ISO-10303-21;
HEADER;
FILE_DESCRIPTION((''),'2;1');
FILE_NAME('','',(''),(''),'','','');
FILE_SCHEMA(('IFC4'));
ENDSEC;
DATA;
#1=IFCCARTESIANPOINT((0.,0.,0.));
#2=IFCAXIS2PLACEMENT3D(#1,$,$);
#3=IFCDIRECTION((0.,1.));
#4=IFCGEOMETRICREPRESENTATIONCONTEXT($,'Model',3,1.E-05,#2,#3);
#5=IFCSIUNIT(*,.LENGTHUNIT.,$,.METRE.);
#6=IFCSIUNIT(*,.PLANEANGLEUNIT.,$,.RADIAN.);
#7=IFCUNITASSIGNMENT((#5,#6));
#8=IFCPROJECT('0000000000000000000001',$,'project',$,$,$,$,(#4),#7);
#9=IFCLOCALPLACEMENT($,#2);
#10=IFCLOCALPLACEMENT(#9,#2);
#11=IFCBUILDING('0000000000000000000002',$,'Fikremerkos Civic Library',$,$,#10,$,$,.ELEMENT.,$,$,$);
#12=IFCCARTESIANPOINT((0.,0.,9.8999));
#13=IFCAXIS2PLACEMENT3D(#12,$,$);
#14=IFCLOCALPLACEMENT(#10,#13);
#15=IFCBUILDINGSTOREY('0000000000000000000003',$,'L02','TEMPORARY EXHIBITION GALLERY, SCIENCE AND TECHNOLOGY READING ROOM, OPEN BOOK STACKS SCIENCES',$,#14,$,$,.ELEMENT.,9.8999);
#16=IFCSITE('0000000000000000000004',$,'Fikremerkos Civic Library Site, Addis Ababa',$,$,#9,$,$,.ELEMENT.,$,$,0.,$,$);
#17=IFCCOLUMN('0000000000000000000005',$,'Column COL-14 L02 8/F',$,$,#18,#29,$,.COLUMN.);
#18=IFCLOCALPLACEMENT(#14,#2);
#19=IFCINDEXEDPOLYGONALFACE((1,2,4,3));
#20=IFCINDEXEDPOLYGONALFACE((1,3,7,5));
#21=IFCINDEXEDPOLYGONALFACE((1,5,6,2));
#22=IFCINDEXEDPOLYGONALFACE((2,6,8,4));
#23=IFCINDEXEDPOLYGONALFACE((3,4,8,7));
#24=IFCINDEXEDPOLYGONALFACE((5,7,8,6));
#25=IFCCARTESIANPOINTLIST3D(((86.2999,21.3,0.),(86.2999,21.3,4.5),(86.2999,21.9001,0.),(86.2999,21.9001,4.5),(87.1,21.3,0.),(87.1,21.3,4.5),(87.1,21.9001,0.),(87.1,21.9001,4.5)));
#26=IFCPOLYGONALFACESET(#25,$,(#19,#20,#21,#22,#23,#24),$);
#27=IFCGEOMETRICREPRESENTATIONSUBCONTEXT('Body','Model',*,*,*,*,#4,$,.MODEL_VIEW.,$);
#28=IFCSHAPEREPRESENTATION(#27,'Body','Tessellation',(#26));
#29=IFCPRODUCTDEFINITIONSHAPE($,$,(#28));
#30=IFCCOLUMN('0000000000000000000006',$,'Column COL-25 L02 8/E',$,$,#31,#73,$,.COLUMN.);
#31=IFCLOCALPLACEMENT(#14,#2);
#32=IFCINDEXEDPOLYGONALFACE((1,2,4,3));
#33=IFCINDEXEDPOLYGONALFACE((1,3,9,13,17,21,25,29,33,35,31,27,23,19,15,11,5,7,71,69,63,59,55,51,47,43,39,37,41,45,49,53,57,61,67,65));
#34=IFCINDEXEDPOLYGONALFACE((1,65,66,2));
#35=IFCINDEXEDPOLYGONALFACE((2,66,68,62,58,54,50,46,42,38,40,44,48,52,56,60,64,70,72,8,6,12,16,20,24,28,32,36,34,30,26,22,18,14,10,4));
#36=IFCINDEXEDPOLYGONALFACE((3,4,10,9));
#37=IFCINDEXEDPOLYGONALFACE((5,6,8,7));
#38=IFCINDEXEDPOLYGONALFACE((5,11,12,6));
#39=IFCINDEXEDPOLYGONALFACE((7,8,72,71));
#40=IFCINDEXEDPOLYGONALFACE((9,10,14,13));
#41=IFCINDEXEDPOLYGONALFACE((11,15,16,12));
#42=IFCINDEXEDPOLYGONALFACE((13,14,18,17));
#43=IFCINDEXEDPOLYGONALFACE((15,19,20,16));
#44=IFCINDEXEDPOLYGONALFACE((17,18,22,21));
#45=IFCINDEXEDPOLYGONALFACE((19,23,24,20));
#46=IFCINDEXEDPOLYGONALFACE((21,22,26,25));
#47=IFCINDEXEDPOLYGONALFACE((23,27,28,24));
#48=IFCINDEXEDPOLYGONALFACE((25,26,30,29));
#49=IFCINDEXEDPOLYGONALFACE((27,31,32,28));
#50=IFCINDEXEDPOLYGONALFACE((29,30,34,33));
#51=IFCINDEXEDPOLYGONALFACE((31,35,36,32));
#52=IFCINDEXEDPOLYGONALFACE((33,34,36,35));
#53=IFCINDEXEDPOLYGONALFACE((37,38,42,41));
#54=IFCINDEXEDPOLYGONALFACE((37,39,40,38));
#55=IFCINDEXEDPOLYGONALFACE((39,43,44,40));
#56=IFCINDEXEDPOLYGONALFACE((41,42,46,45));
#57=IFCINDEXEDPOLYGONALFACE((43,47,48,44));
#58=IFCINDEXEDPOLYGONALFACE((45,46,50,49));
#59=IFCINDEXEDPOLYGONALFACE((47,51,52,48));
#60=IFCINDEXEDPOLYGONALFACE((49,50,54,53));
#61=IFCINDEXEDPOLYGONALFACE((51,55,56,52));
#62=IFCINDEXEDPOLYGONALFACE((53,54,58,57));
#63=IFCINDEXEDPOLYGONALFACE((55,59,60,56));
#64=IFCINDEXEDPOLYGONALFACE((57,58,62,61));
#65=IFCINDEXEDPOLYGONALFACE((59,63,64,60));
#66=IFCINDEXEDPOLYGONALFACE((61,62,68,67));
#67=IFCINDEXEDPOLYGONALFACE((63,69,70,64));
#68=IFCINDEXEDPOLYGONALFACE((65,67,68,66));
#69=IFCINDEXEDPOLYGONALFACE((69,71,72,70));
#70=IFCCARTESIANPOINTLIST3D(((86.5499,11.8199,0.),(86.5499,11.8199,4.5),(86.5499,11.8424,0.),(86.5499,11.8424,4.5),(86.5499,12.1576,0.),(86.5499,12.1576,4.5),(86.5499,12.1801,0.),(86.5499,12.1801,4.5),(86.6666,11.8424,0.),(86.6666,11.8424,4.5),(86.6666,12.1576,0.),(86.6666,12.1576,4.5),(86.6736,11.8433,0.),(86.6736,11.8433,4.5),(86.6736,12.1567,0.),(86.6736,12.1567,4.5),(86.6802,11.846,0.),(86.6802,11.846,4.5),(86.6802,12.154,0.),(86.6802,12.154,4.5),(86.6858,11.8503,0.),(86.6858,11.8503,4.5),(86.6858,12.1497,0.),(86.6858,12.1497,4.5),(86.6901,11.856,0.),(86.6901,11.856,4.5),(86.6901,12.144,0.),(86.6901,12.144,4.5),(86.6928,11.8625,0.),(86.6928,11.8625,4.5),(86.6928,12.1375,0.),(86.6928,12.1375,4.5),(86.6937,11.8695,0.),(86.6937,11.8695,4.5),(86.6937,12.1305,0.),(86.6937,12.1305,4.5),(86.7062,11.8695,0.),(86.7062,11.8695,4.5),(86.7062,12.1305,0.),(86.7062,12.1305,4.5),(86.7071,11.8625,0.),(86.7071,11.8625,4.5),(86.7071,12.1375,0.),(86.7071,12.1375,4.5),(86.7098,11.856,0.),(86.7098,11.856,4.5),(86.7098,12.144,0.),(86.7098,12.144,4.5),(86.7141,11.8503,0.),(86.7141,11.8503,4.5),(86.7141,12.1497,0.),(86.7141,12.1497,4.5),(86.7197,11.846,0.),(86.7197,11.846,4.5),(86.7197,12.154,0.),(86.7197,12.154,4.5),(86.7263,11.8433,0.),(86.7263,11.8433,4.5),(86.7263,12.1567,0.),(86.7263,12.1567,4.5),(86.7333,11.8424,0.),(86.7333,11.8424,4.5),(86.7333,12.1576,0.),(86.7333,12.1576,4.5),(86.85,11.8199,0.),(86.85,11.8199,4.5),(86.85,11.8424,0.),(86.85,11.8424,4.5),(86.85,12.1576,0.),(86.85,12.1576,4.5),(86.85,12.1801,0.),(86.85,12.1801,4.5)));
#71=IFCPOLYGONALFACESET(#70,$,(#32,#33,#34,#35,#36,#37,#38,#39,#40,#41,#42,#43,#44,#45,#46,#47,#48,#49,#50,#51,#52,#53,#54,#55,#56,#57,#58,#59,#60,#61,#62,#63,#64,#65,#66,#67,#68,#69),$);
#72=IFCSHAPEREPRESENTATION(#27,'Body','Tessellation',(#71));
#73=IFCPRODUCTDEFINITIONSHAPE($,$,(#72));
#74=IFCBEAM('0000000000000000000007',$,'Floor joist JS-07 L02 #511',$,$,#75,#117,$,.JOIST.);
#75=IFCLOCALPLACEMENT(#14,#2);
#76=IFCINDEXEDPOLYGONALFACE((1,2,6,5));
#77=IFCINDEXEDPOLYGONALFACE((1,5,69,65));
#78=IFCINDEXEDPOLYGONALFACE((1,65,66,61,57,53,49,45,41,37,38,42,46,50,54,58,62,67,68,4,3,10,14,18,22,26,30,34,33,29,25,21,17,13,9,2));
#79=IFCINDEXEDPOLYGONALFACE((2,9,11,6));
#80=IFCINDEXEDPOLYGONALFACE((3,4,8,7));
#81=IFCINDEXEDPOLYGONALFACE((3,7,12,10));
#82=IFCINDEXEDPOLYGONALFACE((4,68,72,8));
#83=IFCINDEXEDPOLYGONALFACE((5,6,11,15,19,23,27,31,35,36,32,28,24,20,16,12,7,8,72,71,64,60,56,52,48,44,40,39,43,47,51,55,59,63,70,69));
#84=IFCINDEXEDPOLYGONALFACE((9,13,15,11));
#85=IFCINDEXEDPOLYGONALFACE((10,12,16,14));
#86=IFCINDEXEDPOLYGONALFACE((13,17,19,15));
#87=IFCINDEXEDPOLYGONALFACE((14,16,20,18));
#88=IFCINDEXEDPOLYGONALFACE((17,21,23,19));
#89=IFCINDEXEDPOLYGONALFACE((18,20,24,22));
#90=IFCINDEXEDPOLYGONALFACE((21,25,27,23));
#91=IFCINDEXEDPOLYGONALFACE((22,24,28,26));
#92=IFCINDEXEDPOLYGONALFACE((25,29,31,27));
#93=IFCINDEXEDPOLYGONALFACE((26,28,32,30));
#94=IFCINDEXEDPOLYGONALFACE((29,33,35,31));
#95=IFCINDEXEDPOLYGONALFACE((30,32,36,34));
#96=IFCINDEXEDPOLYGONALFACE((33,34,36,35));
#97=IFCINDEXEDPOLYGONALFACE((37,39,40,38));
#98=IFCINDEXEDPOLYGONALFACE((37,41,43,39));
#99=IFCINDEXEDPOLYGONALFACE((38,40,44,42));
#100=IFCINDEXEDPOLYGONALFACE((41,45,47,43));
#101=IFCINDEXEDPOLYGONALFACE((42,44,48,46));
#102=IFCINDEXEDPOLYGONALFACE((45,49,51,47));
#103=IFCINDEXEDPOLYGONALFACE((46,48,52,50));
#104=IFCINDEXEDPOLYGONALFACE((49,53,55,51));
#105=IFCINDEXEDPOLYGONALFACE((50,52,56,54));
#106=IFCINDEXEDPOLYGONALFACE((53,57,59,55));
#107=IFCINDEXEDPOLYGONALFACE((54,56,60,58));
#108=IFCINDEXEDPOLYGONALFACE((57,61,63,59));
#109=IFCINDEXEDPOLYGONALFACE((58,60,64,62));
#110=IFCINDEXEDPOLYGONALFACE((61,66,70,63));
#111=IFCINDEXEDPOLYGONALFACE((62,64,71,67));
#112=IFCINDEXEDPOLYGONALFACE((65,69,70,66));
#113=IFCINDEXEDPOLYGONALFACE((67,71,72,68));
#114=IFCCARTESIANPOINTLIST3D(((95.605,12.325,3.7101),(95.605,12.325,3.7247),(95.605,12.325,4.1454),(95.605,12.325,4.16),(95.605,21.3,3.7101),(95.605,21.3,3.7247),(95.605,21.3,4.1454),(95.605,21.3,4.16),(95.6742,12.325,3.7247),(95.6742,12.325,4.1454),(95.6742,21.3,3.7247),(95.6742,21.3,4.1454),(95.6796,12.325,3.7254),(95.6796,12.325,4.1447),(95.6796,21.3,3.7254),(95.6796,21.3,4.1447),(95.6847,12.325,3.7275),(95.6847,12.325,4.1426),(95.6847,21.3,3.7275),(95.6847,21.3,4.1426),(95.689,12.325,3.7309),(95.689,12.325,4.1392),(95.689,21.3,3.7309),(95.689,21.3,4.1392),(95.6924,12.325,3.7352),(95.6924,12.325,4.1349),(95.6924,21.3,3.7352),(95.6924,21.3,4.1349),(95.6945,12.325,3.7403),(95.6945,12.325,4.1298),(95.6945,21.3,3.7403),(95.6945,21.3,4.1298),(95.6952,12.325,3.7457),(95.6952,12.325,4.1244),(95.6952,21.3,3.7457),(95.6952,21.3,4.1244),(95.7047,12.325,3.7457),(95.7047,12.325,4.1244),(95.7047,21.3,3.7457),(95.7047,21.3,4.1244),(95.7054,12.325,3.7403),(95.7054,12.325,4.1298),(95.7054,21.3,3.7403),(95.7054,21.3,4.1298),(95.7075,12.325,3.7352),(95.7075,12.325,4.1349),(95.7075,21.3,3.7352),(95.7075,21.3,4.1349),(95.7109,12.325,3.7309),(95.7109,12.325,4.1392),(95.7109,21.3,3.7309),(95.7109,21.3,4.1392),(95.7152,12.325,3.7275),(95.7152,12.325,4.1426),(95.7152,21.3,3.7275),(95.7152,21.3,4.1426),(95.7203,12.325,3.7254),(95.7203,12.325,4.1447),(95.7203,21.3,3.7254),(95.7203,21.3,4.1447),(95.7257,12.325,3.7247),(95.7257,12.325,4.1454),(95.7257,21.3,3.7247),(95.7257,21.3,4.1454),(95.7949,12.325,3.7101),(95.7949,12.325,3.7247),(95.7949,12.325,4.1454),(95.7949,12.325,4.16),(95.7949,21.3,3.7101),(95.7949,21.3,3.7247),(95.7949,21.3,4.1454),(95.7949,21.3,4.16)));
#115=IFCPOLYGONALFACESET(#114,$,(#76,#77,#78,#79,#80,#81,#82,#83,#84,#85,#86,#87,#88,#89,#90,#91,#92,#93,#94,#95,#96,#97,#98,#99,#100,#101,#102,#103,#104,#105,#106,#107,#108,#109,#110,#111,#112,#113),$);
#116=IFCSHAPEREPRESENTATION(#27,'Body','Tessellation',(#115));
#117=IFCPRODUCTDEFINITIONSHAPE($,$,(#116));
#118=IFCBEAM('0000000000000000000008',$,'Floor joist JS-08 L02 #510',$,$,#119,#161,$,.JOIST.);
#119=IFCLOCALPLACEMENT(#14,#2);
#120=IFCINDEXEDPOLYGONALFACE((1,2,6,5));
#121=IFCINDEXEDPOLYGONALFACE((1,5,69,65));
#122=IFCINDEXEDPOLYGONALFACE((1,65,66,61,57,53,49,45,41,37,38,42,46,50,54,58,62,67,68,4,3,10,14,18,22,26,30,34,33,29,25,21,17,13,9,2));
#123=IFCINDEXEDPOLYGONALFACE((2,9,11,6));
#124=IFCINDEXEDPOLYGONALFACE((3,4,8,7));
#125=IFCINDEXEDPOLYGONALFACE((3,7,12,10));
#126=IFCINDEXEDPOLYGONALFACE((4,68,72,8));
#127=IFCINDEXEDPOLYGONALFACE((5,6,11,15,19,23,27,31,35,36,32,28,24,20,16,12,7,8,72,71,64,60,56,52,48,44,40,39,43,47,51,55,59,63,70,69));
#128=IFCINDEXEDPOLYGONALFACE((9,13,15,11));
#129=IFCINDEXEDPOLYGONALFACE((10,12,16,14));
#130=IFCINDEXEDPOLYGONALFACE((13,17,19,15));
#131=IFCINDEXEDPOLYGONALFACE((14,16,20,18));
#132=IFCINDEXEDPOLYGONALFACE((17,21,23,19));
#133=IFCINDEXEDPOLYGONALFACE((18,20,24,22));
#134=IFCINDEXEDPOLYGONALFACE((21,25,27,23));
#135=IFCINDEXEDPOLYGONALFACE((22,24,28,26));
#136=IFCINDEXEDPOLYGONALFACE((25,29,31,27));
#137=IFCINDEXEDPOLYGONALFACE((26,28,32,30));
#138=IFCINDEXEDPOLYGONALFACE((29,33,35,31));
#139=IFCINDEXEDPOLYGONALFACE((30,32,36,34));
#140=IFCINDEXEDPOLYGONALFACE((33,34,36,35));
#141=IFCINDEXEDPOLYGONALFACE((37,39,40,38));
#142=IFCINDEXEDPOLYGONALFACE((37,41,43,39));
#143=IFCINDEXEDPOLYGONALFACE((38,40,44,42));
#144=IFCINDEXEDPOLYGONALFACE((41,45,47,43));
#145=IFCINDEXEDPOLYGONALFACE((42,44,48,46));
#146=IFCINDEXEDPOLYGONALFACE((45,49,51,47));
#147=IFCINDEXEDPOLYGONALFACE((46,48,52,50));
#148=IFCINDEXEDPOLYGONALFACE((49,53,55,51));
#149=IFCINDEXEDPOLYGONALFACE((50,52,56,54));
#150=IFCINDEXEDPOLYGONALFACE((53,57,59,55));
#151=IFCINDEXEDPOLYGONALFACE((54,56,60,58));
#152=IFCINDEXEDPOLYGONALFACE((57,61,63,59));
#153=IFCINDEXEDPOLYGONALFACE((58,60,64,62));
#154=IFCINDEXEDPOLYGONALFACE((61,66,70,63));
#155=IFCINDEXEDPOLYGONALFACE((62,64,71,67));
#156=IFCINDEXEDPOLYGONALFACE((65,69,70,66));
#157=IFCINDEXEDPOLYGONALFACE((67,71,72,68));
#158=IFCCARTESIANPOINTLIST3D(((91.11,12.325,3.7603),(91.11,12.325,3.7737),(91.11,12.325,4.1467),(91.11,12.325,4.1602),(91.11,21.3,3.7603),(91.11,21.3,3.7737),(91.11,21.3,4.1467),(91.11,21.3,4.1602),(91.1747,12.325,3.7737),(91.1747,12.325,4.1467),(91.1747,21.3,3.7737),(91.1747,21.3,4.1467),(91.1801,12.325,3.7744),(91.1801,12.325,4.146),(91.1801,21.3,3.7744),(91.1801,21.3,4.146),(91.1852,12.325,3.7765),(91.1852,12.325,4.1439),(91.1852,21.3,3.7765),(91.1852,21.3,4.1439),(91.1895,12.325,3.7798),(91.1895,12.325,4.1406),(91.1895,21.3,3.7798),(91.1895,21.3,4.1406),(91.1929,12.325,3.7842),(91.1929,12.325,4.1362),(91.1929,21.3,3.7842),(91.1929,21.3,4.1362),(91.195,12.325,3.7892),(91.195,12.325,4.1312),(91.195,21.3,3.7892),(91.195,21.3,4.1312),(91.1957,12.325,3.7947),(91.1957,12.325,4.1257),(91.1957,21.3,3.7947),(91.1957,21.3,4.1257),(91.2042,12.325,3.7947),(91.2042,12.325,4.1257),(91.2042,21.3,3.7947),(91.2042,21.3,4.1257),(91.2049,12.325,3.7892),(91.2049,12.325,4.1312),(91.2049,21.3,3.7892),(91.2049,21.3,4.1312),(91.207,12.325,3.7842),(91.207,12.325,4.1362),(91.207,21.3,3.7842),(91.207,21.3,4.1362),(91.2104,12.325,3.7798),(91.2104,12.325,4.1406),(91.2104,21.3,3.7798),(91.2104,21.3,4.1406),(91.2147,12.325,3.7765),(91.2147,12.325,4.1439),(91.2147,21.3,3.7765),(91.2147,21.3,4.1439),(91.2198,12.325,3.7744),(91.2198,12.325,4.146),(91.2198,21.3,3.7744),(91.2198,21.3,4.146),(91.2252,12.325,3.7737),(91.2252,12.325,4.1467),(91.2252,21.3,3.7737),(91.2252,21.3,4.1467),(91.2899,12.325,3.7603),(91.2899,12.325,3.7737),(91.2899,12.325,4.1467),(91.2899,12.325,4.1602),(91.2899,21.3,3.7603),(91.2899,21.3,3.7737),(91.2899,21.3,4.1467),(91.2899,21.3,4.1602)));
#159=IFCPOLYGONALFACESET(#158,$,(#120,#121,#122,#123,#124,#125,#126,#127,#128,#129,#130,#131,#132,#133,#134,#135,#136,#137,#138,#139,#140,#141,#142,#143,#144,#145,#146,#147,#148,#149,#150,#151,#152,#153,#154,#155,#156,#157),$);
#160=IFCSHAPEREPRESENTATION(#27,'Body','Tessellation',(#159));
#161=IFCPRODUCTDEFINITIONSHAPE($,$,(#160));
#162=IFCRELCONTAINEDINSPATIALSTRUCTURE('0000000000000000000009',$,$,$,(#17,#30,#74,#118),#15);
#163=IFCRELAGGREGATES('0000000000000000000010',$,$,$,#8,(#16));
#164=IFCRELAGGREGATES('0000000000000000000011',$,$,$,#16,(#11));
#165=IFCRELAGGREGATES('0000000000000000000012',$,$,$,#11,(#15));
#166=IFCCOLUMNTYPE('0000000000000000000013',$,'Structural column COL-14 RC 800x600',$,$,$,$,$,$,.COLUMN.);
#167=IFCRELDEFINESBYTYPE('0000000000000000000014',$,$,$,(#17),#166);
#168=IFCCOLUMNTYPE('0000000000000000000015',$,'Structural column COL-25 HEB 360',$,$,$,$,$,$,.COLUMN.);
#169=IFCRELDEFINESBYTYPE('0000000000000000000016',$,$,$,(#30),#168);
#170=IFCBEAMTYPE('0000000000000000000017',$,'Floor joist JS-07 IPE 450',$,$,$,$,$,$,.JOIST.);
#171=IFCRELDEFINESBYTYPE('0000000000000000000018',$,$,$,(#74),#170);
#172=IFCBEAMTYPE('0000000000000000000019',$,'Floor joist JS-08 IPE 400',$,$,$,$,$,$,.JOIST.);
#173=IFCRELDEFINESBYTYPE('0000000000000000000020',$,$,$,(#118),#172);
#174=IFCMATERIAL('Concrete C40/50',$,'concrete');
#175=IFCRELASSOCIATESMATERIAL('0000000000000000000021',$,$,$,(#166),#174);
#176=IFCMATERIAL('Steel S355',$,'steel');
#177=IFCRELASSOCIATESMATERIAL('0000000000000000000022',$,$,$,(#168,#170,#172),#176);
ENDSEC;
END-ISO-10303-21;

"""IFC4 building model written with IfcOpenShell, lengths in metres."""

from ifc_helpers import new_model, si_unit, direction, frame, origin, origin_2d, place, context, subcontext, project, spatial, rectangle, i_section, extrude, material, material_profile, profile_set, type_object, element, save


model = new_model("IFC4")

# Units and contexts
model_context = context("Model", 3, precision=1e-05, world=origin(), true_north=direction((0.0, 1.0)))
body_context = subcontext(model_context, "Body", "Model", "MODEL_VIEW")
ifc_project = project(units=[si_unit("LENGTHUNIT", "METRE"), si_unit("PLANEANGLEUNIT", "RADIAN")], contexts=[model_context])

# Site, building, storey
site_placement = place(None, origin())
site = spatial("IfcSite", under=ifc_project, at=site_placement, Name="Fikremerkos Civic Library Site, Addis Ababa", CompositionType="ELEMENT", RefElevation=0.0)
building_placement = place(site_placement, origin())
building = spatial("IfcBuilding", under=site, at=building_placement, Name="Fikremerkos Civic Library", CompositionType="ELEMENT")
storey_placement = place(building_placement, frame((0.0, 0.0, 9.8999)))
storey = spatial("IfcBuildingStorey", under=building, at=storey_placement, Name="L02", Description="TEMPORARY EXHIBITION GALLERY, SCIENCE AND TECHNOLOGY READING ROOM, OPEN BOOK STACKS SCIENCES", CompositionType="ELEMENT", Elevation=9.8999)

# Columns
ifc_material_1 = material(Name="Concrete C40/50", Category="concrete")
ifc_material_profile_1 = material_profile(ifc_material_1, rectangle(XDim=0.8, YDim=0.6001, at=origin_2d()), Name="RC 800x600")
ifc_profile_set_1 = profile_set([ifc_material_profile_1], Name="Concrete C40/50")
column_type_1 = type_object("IfcColumnType", Name="Structural column COL-14 RC 800x600", PredefinedType="COLUMN", material=ifc_profile_set_1)
column_1_placement = place(storey_placement, frame((86.7, 21.6001, 0.0), z_axis=(0.0, 0.0, 1.0), x_axis=(1.0, 0.0, 0.0)))
element("IfcColumn", 1, at=column_1_placement, inside=storey, type_object=column_type_1, Name="Column COL-14 L02 8/F", PredefinedType="COLUMN", context=body_context, shape_type="SweptSolid", body=[
    extrude(rectangle(XDim=0.8, YDim=0.6001, at=origin_2d()), origin(), (0.0, 0.0, 1.0), 4.5),
])
ifc_material_2 = material(Name="Steel S355", Category="steel")
ifc_material_profile_2 = material_profile(ifc_material_2, i_section(OverallWidth=0.3, OverallDepth=0.3601, WebThickness=0.0125, FlangeThickness=0.0225, FilletRadius=0.0271, at=origin_2d()), Name="HEB 360")
ifc_profile_set_2 = profile_set([ifc_material_profile_2], Name="Steel S355")
column_type_2 = type_object("IfcColumnType", Name="Structural column COL-25 HEB 360", PredefinedType="COLUMN", material=ifc_profile_set_2)
column_2_placement = place(storey_placement, frame((86.7, 12.0, 0.0), z_axis=(0.0, 0.0, 1.0), x_axis=(1.0, 0.0, 0.0)))
element("IfcColumn", 2, at=column_2_placement, inside=storey, type_object=column_type_2, Name="Column COL-25 L02 8/E", PredefinedType="COLUMN", context=body_context, shape_type="SweptSolid", body=[
    extrude(i_section(OverallWidth=0.3, OverallDepth=0.3601, WebThickness=0.0125, FlangeThickness=0.0225, FilletRadius=0.0271, at=origin_2d()), origin(), (0.0, 0.0, 1.0), 4.5),
])

# Beams
ifc_material_profile_3 = material_profile(ifc_material_2, i_section(OverallWidth=0.1899, OverallDepth=0.45, WebThickness=0.0095, FlangeThickness=0.0146, FilletRadius=0.021, at=origin_2d()), Name="IPE 450")
ifc_profile_set_3 = profile_set([ifc_material_profile_3], Name="Steel S355")
beam_type_1 = type_object("IfcBeamType", Name="Floor joist JS-07 IPE 450", PredefinedType="JOIST", material=ifc_profile_set_3)
beam_1_placement = place(storey_placement, frame((95.7, 12.325, 3.9351), z_axis=(0.0, 1.0, 0.0), x_axis=(-1.0, 0.0, 0.0)))
element("IfcBeam", 3, at=beam_1_placement, inside=storey, type_object=beam_type_1, Name="Floor joist JS-07 L02 #511", PredefinedType="JOIST", context=body_context, shape_type="SweptSolid", body=[
    extrude(i_section(OverallWidth=0.1899, OverallDepth=0.45, WebThickness=0.0095, FlangeThickness=0.0146, FilletRadius=0.021, at=origin_2d()), origin(), (0.0, 0.0, 1.0), 8.9751),
])
ifc_material_profile_4 = material_profile(ifc_material_2, i_section(OverallWidth=0.1799, OverallDepth=0.3999, WebThickness=0.0085, FlangeThickness=0.0134, FilletRadius=0.021, at=origin_2d()), Name="IPE 400")
ifc_profile_set_4 = profile_set([ifc_material_profile_4], Name="Steel S355")
beam_type_2 = type_object("IfcBeamType", Name="Floor joist JS-08 IPE 400", PredefinedType="JOIST", material=ifc_profile_set_4)
beam_2_placement = place(storey_placement, frame((91.2, 12.325, 3.9602), z_axis=(0.0, 1.0, 0.0), x_axis=(-1.0, 0.0, 0.0)))
element("IfcBeam", 4, at=beam_2_placement, inside=storey, type_object=beam_type_2, Name="Floor joist JS-08 L02 #510", PredefinedType="JOIST", context=body_context, shape_type="SweptSolid", body=[
    extrude(i_section(OverallWidth=0.1799, OverallDepth=0.3999, WebThickness=0.0085, FlangeThickness=0.0134, FilletRadius=0.021, at=origin_2d()), origin(), (0.0, 0.0, 1.0), 8.9751),
])

save(model, "model.ifc")
